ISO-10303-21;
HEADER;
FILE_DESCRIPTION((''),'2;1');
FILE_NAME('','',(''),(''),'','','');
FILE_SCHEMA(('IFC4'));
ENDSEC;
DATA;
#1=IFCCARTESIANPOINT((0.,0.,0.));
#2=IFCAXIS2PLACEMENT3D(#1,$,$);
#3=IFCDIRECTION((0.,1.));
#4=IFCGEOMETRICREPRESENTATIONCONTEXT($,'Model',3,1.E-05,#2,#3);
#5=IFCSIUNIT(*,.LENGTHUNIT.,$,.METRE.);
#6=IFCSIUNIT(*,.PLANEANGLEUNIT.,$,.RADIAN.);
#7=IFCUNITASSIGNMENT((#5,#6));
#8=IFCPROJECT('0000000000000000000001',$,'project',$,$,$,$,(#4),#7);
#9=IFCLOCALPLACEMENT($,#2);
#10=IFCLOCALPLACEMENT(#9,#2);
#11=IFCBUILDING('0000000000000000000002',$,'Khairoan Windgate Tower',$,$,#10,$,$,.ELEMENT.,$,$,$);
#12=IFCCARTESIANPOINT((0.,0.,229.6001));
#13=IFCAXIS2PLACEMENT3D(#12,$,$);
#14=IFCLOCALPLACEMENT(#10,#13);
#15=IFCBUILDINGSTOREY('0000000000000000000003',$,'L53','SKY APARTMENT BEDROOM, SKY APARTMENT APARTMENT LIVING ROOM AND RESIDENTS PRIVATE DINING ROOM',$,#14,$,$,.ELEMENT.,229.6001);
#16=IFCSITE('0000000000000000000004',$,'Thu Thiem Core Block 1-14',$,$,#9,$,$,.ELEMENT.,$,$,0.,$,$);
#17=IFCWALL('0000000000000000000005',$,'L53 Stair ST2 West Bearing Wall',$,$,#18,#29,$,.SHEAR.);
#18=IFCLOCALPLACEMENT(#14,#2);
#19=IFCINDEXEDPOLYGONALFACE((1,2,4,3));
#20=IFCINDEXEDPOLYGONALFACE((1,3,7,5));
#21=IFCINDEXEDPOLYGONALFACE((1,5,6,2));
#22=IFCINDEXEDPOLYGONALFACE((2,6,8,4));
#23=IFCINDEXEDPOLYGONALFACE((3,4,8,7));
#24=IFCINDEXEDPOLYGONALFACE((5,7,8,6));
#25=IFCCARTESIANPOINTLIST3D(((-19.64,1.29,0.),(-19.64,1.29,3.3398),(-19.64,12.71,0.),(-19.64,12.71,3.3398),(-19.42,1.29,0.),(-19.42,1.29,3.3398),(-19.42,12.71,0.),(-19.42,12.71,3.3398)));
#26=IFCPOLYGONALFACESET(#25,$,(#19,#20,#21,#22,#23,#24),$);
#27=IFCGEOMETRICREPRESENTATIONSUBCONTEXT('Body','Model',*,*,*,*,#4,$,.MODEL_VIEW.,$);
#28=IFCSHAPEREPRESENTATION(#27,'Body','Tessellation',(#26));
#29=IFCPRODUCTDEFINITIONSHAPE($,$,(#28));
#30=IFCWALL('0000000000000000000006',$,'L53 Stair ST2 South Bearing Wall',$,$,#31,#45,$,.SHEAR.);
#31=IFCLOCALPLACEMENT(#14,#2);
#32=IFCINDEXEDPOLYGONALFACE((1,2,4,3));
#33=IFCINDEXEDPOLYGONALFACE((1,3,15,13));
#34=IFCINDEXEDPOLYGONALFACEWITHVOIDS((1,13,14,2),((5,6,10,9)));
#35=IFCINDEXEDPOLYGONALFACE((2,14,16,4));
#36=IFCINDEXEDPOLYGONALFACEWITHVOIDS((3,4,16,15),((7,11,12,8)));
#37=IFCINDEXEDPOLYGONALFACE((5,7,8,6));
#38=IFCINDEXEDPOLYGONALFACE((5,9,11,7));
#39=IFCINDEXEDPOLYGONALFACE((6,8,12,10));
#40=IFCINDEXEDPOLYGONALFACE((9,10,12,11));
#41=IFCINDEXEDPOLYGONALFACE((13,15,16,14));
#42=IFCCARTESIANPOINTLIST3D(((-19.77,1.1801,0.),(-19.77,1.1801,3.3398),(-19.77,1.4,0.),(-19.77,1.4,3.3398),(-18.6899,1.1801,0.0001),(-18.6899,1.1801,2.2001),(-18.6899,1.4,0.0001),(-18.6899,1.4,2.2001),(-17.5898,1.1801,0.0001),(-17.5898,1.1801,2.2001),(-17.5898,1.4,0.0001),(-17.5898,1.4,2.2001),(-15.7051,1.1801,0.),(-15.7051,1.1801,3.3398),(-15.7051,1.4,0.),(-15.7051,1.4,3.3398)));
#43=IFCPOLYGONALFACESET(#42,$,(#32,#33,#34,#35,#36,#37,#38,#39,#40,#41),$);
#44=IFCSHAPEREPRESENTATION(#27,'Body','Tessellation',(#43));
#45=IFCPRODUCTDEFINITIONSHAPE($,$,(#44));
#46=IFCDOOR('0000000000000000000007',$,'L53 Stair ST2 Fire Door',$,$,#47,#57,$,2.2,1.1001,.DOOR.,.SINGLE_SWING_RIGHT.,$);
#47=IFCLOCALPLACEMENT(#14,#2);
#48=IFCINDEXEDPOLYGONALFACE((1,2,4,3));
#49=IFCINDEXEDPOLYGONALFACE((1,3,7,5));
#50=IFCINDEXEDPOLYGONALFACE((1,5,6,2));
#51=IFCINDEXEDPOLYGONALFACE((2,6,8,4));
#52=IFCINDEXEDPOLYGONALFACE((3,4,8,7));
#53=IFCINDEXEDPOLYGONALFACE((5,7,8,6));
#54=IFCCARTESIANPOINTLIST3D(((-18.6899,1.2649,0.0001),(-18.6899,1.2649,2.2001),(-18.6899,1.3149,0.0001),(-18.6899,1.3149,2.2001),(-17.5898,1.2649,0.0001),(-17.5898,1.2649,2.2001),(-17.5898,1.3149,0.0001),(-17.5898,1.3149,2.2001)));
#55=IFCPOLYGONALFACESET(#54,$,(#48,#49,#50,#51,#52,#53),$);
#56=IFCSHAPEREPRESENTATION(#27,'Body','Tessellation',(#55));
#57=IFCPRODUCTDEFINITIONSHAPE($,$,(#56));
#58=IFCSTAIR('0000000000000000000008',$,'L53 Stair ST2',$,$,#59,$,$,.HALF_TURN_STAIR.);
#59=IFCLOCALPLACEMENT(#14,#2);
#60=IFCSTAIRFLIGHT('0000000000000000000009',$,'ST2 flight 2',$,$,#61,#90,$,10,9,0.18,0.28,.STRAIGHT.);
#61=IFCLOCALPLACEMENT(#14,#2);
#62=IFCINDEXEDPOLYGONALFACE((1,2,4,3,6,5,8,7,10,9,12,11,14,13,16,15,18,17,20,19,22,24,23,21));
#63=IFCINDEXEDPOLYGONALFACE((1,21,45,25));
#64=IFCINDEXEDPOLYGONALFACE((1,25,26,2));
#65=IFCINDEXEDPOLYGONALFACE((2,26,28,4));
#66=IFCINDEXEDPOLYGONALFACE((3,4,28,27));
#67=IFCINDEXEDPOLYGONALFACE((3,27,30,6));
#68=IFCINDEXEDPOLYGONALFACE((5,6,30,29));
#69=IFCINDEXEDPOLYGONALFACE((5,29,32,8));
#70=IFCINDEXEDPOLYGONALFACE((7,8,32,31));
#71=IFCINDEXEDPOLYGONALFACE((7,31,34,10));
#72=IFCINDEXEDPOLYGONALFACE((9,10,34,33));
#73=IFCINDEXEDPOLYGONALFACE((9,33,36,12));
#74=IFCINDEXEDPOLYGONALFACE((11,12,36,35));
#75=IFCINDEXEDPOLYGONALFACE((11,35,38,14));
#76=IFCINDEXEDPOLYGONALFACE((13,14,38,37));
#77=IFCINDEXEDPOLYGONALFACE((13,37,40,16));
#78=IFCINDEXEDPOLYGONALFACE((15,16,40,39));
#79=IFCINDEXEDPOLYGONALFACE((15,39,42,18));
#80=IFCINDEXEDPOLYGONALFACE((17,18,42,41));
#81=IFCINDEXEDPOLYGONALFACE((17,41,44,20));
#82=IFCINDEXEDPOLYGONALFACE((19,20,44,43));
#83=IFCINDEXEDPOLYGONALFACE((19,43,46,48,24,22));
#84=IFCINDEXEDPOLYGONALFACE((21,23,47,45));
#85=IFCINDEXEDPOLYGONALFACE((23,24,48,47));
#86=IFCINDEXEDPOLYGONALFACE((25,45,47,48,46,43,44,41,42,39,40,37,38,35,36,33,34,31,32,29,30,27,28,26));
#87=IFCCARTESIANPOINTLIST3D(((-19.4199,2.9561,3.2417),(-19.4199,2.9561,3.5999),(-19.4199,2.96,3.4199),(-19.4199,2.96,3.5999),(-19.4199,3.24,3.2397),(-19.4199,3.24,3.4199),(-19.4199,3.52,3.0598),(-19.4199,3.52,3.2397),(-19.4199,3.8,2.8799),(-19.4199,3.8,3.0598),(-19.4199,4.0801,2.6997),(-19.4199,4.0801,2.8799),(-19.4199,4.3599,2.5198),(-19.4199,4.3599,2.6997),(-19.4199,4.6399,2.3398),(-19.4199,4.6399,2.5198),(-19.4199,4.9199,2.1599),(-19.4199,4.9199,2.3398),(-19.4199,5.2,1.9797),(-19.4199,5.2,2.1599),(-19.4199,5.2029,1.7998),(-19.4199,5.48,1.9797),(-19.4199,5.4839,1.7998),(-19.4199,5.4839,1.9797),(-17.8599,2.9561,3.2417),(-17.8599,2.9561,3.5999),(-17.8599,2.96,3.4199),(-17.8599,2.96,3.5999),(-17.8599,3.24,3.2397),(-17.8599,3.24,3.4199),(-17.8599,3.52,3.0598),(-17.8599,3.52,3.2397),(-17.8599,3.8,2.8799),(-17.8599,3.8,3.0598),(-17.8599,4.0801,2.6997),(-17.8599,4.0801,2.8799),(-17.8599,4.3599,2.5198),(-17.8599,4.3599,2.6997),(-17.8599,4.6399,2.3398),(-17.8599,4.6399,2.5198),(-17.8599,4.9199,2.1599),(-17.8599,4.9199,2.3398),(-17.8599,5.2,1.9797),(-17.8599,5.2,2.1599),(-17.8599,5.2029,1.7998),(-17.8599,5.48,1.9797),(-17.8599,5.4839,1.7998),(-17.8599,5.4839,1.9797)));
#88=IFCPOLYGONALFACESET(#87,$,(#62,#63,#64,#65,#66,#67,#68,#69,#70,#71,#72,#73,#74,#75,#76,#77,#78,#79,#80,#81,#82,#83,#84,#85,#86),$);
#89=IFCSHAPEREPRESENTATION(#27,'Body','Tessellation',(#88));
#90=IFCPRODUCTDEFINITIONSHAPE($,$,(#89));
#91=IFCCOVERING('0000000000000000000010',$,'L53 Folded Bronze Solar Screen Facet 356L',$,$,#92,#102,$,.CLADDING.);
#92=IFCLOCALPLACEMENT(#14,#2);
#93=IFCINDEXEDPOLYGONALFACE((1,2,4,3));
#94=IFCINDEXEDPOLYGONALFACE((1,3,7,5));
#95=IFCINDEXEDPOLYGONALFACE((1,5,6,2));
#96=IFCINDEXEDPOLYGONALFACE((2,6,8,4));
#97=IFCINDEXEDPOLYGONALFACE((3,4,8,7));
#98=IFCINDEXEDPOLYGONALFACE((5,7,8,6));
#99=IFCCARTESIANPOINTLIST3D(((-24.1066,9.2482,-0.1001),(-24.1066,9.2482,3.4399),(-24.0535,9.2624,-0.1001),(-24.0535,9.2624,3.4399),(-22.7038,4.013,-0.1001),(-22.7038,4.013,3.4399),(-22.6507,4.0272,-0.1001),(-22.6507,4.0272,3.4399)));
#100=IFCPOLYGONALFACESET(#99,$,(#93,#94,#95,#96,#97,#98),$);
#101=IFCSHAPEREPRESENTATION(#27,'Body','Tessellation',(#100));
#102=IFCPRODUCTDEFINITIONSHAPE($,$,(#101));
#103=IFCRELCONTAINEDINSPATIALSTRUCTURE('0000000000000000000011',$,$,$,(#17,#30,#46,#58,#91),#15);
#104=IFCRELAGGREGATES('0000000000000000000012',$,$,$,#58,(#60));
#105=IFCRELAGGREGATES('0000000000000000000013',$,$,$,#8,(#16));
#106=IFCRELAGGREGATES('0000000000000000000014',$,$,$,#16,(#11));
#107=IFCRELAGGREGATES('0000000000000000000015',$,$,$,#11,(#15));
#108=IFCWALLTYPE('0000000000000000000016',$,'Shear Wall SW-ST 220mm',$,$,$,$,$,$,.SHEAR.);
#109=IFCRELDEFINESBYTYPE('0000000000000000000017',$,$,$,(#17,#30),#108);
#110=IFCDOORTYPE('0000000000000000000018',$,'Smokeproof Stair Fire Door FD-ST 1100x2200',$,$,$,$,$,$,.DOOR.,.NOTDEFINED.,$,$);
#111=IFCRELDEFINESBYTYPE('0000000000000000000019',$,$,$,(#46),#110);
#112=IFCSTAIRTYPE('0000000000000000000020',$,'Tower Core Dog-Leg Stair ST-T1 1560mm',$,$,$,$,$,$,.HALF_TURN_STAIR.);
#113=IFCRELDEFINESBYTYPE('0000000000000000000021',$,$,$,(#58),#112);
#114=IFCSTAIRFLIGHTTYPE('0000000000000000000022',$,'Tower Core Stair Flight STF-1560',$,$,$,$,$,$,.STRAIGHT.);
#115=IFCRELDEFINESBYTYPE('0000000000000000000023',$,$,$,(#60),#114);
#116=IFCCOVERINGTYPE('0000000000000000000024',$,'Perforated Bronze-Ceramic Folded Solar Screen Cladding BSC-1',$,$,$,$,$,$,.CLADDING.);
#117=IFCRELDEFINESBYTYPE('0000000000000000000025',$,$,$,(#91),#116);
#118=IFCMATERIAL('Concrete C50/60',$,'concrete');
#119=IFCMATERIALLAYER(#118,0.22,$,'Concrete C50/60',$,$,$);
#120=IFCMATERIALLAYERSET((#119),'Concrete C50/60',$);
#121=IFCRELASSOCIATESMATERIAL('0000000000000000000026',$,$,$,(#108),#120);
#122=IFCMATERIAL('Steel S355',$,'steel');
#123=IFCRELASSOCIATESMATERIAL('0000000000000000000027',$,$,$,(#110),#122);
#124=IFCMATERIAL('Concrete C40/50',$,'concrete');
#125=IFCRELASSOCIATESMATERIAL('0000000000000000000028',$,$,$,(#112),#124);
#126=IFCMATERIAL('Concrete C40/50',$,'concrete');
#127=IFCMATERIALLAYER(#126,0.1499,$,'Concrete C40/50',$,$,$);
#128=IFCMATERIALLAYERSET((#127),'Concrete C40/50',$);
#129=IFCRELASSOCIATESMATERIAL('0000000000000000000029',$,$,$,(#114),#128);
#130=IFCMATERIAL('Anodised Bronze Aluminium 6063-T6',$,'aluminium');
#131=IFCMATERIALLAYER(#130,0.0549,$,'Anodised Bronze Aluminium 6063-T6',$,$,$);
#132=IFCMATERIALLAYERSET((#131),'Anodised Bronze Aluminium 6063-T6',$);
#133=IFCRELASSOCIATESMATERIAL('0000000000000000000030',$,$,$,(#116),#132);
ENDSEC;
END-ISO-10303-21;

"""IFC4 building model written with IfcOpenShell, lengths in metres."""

from ifc_helpers import new_model, si_unit, direction, frame, frame_2d, origin, origin_2d, place, context, subcontext, project, spatial, polyline, rectangle, outline, extrude, material, layer, layer_set, type_object, element, fill, aggregate, save


model = new_model("IFC4")

# Units and contexts
model_context = context("Model", 3, precision=1e-05, world=origin(), true_north=direction((0.0, 1.0)))
body_context = subcontext(model_context, "Body", "Model", "MODEL_VIEW")
ifc_project = project(units=[si_unit("LENGTHUNIT", "METRE"), si_unit("PLANEANGLEUNIT", "RADIAN")], contexts=[model_context])

# Site, building, storey
site_placement = place(None, origin())
site = spatial("IfcSite", under=ifc_project, at=site_placement, Name="Thu Thiem Core Block 1-14", CompositionType="ELEMENT", RefElevation=0.0)
building_placement = place(site_placement, origin())
building = spatial("IfcBuilding", under=site, at=building_placement, Name="Khairoan Windgate Tower", CompositionType="ELEMENT")
storey_placement = place(building_placement, frame((0.0, 0.0, 229.6001)))
storey = spatial("IfcBuildingStorey", under=building, at=storey_placement, Name="L53", Description="SKY APARTMENT BEDROOM, SKY APARTMENT APARTMENT LIVING ROOM AND RESIDENTS PRIVATE DINING ROOM", CompositionType="ELEMENT", Elevation=229.6001)

# Wall
ifc_material_1 = material(Name="Concrete C50/60", Category="concrete")
ifc_layer_1 = layer(ifc_material_1, 0.22, Name="Concrete C50/60")
ifc_layer_set_1 = layer_set([ifc_layer_1], Name="Concrete C50/60")
wall_type_1 = type_object("IfcWallType", Name="Shear Wall SW-ST 220mm", PredefinedType="SHEAR", material=ifc_layer_set_1)
wall_1_placement = place(storey_placement, frame((-19.53, 1.29, 0.0), z_axis=(0.0, 0.0, 1.0), x_axis=(0.0, 1.0, 0.0)))
element("IfcWall", 1, at=wall_1_placement, inside=storey, type_object=wall_type_1, Name="L53 Stair ST2 West Bearing Wall", PredefinedType="SHEAR", context=body_context, shape_type="SweptSolid", body=[
    extrude(rectangle(XDim=11.4199, YDim=0.22, at=frame_2d((5.71, 0.0))), origin(), (0.0, 0.0, 1.0), 3.3398),
])

# Wall, opening, door
wall_2_placement = place(storey_placement, frame((-19.77, 1.29, 0.0), z_axis=(0.0, 0.0, 1.0), x_axis=(1.0, 0.0, 0.0)))
wall_2 = element("IfcWall", 2, at=wall_2_placement, inside=storey, type_object=wall_type_1, Name="L53 Stair ST2 South Bearing Wall", PredefinedType="SHEAR", context=body_context, shape_type="SweptSolid", body=[
    extrude(rectangle(XDim=4.0649, YDim=0.22, at=frame_2d((2.0325, 0.0))), origin(), (0.0, 0.0, 1.0), 3.3398),
])
opening_1_placement = place(wall_2_placement, frame((1.0801, 0.0, 0.0)))
opening_1 = element("IfcOpeningElement", 3, at=opening_1_placement, cuts=wall_2, PredefinedType="OPENING", context=body_context, shape_type="SweptSolid", body=[
    extrude(rectangle(XDim=1.1001, YDim=2.2, at=frame_2d((0.55, 1.1001))), frame((0.0, 0.1199, 0.0), z_axis=(0.0, -1.0, 0.0), x_axis=(1.0, 0.0, 0.0)), (0.0, 0.0, 1.0), 0.24),
])
ifc_material_2 = material(Name="Steel S355", Category="steel")
door_type_1 = type_object("IfcDoorType", Name="Smokeproof Stair Fire Door FD-ST 1100x2200", OperationType="NOTDEFINED", PredefinedType="DOOR", material=ifc_material_2)
door_1_placement = place(opening_1_placement, origin())
door_1 = element("IfcDoor", 4, at=door_1_placement, inside=storey, type_object=door_type_1, Name="L53 Stair ST2 Fire Door", OperationType="SINGLE_SWING_RIGHT", OverallHeight=2.2, OverallWidth=1.1001, PredefinedType="DOOR", context=body_context, shape_type="SweptSolid", body=[
    extrude(rectangle(XDim=1.1001, YDim=2.2, at=frame_2d((0.55, 1.1001))), frame((0.0, 0.0249, 0.0), z_axis=(0.0, -1.0, 0.0), x_axis=(1.0, 0.0, 0.0)), (0.0, 0.0, 1.0), 0.05),
])
fill(opening_1, door_1)

# Stair, stair flight
ifc_material_3 = material(Name="Concrete C40/50", Category="concrete")
stair_type = type_object("IfcStairType", Name="Tower Core Dog-Leg Stair ST-T1 1560mm", PredefinedType="HALF_TURN_STAIR", material=ifc_material_3)
stair_placement = place(storey_placement, origin())
stair = element("IfcStair", 5, at=stair_placement, inside=storey, type_object=stair_type, Name="L53 Stair ST2", PredefinedType="HALF_TURN_STAIR")
ifc_material_4 = material(Name="Concrete C40/50", Category="concrete")
ifc_layer_2 = layer(ifc_material_4, 0.1499, Name="Concrete C40/50")
ifc_layer_set_2 = layer_set([ifc_layer_2], Name="Concrete C40/50")
stair_flight_type = type_object("IfcStairFlightType", Name="Tower Core Stair Flight STF-1560", PredefinedType="STRAIGHT", material=ifc_layer_set_2)
stair_flight_placement = place(storey_placement, frame((-18.6399, 5.48, 1.7998), z_axis=(0.0, 0.0, 1.0), x_axis=(0.0, -1.0, 0.0)))
stair_flight = element("IfcStairFlight", 6, at=stair_flight_placement, type_object=stair_flight_type, Name="ST2 flight 2", NumberOfRisers=10, NumberOfTreads=9, PredefinedType="STRAIGHT", RiserHeight=0.18, TreadLength=0.28, context=body_context, shape_type="SweptSolid", body=[
    extrude(outline(polyline([(-0.0039, 0.0), (-0.0039, 0.1799), (0.0, 0.1799), (0.28, 0.1799), (0.28, 0.3601), (0.5601, 0.3601), (0.5601, 0.54), (0.8401, 0.54), (0.8401, 0.72), (1.1201, 0.72), (1.1201, 0.8999), (1.3999, 0.8999), (1.3999, 1.0801), (1.6799, 1.0801), (1.6799, 1.26), (1.96, 1.26), (1.96, 1.4399), (2.24, 1.4399), (2.24, 1.6201), (2.52, 1.6201), (2.52, 1.8), (2.5239, 1.8), (2.5239, 1.4419), (0.2771, 0.0), (-0.0039, 0.0)])), frame((0.0, 0.78, 0.0), z_axis=(0.0, -1.0, 0.0), x_axis=(1.0, 0.0, 0.0)), (0.0, 0.0, 1.0), 1.5601),
])
aggregate(stair, [stair_flight])

# Covering
ifc_material_5 = material(Name="Anodised Bronze Aluminium 6063-T6", Category="aluminium")
ifc_layer_3 = layer(ifc_material_5, 0.0549, Name="Anodised Bronze Aluminium 6063-T6")
ifc_layer_set_3 = layer_set([ifc_layer_3], Name="Anodised Bronze Aluminium 6063-T6")
covering_type = type_object("IfcCoveringType", Name="Perforated Bronze-Ceramic Folded Solar Screen Cladding BSC-1", PredefinedType="CLADDING", material=ifc_layer_set_3)
covering_placement = place(storey_placement, frame((-23.3787, 6.6377, -0.1001), z_axis=(0.0, 0.0, 1.0), x_axis=(-0.258819, 0.965926, 0.0)))
element("IfcCovering", 7, at=covering_placement, inside=storey, type_object=covering_type, Name="L53 Folded Bronze Solar Screen Facet 356L", PredefinedType="CLADDING", context=body_context, shape_type="SweptSolid", body=[
    extrude(rectangle(XDim=5.4199, YDim=0.0549, at=origin_2d()), origin(), (0.0, 0.0, 1.0), 3.54),
])

save(model, "model.ifc")
